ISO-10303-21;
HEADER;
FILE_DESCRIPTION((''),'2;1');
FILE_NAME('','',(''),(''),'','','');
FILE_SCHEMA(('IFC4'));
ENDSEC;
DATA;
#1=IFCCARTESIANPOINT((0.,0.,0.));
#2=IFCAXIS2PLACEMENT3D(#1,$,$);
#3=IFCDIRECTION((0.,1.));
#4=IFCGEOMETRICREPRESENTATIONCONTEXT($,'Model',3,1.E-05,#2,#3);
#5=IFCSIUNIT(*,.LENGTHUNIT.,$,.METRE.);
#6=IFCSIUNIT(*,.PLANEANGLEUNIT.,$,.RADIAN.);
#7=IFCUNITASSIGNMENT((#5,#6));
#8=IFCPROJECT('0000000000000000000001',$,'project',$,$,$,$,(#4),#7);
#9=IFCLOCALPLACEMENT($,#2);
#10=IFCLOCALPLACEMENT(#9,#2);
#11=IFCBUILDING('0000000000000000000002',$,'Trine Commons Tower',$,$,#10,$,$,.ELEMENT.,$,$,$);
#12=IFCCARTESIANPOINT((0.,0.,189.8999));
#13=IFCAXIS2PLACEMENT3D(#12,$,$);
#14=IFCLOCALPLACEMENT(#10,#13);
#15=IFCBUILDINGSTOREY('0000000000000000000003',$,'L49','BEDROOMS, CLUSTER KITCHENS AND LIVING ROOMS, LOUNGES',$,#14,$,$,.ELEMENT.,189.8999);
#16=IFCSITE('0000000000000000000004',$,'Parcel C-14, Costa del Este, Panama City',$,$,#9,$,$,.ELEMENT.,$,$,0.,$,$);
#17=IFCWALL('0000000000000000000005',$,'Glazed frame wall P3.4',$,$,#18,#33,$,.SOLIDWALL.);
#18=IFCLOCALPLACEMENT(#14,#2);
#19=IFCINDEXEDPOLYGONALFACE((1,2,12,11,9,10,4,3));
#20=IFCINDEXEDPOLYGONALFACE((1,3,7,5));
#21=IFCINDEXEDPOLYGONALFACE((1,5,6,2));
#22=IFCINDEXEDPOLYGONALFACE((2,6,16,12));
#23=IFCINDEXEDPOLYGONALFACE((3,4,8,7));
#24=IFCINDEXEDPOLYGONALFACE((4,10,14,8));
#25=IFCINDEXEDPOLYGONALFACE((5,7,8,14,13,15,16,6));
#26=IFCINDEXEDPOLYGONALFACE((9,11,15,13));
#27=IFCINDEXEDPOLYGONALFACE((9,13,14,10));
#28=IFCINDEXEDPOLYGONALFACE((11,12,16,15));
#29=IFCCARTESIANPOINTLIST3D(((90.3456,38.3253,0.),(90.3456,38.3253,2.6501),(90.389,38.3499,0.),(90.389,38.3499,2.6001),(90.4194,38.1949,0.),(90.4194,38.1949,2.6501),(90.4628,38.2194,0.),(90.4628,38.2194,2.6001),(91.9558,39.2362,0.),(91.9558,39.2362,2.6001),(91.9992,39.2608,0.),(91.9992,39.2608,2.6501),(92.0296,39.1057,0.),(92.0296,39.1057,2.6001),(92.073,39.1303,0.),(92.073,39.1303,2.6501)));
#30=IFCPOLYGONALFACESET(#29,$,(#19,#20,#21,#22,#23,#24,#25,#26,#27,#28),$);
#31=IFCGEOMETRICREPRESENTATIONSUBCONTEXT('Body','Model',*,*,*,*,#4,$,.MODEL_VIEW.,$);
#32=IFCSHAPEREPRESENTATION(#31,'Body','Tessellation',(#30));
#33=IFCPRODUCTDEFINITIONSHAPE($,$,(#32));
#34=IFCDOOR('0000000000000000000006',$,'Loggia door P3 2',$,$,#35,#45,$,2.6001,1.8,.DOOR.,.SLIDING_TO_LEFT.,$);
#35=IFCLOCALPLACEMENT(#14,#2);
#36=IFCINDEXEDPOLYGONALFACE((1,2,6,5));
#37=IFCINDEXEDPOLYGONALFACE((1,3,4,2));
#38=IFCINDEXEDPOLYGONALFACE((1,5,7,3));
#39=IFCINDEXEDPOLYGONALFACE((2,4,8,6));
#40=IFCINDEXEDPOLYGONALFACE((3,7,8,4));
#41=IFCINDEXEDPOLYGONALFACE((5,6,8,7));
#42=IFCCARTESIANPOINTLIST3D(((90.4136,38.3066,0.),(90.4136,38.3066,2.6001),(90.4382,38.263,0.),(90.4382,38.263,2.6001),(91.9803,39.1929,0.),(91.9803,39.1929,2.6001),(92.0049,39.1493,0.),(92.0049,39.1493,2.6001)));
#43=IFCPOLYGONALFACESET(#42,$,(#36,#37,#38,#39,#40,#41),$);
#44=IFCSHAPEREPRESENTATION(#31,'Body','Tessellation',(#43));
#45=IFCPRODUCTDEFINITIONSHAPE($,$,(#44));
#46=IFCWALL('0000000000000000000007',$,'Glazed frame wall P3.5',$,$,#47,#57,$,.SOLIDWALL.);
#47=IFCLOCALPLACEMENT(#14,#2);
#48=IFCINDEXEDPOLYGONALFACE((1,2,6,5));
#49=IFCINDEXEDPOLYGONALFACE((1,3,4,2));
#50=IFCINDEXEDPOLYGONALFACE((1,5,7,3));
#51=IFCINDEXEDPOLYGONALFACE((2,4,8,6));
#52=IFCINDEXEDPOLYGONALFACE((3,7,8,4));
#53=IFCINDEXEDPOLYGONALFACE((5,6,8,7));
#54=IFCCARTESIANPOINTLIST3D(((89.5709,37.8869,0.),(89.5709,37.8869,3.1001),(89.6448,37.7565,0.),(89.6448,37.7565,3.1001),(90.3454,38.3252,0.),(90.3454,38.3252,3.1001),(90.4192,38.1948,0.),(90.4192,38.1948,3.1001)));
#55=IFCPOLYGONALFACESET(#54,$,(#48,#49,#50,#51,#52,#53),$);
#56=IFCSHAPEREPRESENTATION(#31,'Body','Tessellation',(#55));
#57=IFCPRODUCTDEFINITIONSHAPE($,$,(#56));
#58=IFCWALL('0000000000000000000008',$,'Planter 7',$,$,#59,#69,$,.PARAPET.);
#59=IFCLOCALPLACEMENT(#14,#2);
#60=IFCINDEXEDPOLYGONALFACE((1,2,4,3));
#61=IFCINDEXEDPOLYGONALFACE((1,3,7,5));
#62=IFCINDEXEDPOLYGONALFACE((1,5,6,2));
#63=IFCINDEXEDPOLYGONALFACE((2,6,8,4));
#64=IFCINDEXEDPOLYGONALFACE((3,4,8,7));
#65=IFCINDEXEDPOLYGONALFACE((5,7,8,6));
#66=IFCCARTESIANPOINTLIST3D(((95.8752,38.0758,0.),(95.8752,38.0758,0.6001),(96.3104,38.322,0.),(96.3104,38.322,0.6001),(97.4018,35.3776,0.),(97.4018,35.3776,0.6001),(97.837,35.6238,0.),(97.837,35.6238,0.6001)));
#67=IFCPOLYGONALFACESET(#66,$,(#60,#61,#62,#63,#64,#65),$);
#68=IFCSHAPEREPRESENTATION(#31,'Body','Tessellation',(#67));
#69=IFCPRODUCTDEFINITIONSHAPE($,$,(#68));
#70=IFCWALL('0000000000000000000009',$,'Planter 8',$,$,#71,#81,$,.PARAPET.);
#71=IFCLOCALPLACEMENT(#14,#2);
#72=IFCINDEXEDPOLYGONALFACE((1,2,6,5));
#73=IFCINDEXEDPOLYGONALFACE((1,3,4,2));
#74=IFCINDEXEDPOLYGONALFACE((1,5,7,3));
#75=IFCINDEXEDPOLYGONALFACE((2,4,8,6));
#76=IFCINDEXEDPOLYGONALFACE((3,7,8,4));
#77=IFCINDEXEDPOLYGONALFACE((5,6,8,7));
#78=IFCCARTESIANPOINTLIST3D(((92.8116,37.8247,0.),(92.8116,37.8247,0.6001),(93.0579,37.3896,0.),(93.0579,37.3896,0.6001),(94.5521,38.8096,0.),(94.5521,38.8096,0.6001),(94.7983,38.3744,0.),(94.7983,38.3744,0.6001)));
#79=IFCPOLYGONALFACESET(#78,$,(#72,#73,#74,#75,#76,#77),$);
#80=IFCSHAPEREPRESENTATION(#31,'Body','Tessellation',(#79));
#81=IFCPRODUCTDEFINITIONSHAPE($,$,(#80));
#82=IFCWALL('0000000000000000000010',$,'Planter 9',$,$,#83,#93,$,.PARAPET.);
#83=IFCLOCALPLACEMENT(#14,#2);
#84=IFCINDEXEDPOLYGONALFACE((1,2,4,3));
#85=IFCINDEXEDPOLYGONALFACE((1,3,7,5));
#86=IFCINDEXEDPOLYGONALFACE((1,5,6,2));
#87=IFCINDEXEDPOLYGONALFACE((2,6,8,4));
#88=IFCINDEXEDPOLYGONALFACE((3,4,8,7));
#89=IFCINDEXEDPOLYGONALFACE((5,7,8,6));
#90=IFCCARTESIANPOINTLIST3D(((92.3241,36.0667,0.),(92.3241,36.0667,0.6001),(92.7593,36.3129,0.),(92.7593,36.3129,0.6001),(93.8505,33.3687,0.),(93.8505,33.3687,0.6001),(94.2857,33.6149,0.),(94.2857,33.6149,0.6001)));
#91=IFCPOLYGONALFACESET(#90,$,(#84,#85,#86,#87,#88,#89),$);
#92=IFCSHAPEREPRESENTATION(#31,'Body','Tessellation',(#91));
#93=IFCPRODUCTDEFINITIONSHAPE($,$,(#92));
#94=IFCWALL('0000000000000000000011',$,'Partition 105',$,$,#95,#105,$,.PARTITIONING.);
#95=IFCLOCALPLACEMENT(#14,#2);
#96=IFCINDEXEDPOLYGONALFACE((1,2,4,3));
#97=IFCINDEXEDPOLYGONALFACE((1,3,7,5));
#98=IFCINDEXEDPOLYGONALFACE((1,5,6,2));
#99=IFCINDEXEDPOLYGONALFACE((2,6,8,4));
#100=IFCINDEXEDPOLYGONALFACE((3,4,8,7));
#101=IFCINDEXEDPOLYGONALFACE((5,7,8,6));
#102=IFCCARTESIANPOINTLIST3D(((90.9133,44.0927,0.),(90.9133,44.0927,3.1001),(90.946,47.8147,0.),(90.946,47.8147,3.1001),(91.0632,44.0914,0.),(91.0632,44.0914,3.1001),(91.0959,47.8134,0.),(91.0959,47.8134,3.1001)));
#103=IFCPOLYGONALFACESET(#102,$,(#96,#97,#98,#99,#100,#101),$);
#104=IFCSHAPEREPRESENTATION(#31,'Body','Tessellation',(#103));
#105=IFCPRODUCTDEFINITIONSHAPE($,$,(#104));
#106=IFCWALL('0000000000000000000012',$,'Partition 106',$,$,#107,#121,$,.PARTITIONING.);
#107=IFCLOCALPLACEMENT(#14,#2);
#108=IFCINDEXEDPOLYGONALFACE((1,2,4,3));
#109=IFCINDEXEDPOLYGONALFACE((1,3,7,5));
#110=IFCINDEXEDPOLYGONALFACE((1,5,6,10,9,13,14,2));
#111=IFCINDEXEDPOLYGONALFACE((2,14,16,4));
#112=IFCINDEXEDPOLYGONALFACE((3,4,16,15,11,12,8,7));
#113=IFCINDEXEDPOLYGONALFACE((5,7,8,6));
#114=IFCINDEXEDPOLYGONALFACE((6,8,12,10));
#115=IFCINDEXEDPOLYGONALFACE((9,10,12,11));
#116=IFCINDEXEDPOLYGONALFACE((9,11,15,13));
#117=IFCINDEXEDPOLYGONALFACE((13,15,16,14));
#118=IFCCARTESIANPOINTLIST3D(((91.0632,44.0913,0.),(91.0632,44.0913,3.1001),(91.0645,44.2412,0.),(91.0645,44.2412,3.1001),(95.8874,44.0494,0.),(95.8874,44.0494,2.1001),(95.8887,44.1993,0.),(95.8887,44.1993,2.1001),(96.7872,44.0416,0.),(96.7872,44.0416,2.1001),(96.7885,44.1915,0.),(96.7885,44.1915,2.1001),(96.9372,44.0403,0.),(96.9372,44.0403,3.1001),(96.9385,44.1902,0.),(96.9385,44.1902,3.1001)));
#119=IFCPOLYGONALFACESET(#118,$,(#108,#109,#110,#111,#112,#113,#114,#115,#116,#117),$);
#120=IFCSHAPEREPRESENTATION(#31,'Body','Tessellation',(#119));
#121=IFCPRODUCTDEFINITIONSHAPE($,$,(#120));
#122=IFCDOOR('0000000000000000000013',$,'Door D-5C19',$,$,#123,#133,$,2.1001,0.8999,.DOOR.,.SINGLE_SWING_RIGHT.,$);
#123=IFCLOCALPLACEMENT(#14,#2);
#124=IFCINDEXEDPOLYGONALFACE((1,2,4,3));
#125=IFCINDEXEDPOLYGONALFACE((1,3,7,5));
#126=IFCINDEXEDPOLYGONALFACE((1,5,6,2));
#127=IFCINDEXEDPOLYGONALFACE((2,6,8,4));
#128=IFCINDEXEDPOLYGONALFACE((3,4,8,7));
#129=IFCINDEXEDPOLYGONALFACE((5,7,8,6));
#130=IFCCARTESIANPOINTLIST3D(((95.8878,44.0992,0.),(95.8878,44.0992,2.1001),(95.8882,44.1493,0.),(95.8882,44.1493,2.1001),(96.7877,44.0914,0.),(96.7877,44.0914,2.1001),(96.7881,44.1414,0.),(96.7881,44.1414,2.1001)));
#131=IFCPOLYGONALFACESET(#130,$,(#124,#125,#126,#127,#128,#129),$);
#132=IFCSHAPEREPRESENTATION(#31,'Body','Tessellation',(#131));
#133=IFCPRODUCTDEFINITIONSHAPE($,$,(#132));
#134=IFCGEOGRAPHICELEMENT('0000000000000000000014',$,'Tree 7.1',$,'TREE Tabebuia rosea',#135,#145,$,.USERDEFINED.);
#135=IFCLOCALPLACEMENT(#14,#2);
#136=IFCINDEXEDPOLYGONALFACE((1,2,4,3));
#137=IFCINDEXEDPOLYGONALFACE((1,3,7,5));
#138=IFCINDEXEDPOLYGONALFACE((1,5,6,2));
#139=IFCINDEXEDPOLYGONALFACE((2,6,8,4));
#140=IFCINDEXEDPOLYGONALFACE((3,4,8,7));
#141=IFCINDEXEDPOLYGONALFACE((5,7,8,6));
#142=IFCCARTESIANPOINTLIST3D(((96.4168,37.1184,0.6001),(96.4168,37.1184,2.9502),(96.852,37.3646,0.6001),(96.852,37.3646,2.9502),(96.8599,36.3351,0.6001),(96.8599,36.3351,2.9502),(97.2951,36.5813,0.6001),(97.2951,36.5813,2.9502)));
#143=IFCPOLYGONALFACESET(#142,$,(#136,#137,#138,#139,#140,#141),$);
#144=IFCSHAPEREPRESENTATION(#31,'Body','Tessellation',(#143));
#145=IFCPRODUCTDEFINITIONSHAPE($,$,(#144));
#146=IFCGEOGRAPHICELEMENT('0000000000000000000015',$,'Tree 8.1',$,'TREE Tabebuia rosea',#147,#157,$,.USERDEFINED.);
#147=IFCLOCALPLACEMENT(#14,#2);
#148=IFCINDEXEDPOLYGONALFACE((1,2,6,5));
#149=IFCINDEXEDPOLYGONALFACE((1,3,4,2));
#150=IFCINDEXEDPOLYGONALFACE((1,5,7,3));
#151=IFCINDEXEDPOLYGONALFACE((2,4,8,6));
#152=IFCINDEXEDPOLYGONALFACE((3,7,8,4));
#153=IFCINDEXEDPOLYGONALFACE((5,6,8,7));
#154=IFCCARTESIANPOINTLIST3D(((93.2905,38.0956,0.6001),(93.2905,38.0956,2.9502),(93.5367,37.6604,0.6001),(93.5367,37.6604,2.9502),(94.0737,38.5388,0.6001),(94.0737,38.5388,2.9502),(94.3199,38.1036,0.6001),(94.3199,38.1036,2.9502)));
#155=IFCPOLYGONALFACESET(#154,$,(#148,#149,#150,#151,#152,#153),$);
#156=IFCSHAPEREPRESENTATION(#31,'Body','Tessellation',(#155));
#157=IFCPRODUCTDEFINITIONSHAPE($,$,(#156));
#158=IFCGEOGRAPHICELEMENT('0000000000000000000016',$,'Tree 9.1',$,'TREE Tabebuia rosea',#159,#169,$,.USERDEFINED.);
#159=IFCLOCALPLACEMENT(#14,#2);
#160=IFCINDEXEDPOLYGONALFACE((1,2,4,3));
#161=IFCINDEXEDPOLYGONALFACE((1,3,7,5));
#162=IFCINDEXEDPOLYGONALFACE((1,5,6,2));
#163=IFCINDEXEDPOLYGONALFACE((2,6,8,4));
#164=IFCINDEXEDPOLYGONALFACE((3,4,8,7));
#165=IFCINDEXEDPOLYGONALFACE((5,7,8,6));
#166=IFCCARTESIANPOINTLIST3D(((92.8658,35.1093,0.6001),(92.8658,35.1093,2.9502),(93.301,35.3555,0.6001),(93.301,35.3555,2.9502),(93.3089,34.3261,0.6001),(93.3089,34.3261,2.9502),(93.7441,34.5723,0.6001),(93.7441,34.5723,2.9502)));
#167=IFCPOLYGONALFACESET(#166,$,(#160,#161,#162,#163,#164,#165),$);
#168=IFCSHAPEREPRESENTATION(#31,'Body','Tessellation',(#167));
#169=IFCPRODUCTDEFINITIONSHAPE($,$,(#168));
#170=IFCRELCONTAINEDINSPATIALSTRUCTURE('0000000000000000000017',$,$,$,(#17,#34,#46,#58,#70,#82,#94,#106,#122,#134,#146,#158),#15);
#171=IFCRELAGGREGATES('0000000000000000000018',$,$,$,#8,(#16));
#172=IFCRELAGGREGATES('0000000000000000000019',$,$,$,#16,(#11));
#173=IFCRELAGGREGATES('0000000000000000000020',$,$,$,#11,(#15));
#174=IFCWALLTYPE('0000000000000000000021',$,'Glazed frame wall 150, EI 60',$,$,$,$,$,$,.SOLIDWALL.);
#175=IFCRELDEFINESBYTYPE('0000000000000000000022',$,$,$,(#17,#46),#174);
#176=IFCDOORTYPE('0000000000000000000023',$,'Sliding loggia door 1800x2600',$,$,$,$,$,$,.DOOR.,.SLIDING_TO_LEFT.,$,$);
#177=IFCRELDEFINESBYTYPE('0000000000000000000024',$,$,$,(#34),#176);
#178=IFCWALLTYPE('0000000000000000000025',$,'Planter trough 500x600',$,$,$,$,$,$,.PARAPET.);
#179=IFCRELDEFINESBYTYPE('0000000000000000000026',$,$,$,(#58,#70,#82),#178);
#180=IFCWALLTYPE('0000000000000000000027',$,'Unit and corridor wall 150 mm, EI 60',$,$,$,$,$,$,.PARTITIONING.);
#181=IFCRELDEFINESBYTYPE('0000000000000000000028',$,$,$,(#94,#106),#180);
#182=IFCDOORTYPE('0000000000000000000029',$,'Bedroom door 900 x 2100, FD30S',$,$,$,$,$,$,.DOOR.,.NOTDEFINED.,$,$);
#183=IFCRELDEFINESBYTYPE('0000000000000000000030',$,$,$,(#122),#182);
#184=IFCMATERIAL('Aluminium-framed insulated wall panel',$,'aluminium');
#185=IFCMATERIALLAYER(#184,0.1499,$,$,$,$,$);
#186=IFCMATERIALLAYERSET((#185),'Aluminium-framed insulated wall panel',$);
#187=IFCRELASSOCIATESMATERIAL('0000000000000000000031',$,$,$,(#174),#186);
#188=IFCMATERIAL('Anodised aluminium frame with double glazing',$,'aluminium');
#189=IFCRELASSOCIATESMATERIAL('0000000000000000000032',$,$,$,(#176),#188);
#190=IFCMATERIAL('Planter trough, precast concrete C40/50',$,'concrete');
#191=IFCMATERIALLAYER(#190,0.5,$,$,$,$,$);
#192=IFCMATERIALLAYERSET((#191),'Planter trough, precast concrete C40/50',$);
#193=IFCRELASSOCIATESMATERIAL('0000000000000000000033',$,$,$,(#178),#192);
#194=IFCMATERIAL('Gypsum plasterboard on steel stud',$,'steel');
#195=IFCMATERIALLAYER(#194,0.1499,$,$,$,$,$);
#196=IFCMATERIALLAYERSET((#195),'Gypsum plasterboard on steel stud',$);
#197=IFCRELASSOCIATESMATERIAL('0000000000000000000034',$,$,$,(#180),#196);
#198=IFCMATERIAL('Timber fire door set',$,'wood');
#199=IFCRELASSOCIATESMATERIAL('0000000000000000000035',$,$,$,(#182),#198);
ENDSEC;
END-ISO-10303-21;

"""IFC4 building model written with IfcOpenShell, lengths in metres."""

from ifc_helpers import new_model, si_unit, direction, frame, frame_2d, origin, origin_2d, place, context, subcontext, project, spatial, polyline, rectangle, outline, extrude, material, layer, layer_set, type_object, element, fill, save


model = new_model("IFC4")

# Units and contexts
model_context = context("Model", 3, precision=1e-05, world=origin(), true_north=direction((0.0, 1.0)))
body_context = subcontext(model_context, "Body", "Model", "MODEL_VIEW")
ifc_project = project(units=[si_unit("LENGTHUNIT", "METRE"), si_unit("PLANEANGLEUNIT", "RADIAN")], contexts=[model_context])

# Site, building, storey
site_placement = place(None, origin())
site = spatial("IfcSite", under=ifc_project, at=site_placement, Name="Parcel C-14, Costa del Este, Panama City", CompositionType="ELEMENT", RefElevation=0.0)
building_placement = place(site_placement, origin())
building = spatial("IfcBuilding", under=site, at=building_placement, Name="Trine Commons Tower", CompositionType="ELEMENT")
storey_placement = place(building_placement, frame((0.0, 0.0, 189.8999)))
storey = spatial("IfcBuildingStorey", under=building, at=storey_placement, Name="L49", Description="BEDROOMS, CLUSTER KITCHENS AND LIVING ROOMS, LOUNGES", CompositionType="ELEMENT", Elevation=189.8999)

# Shared definitions
ifc_material_1 = material(Name="Aluminium-framed insulated wall panel", Category="aluminium")
ifc_layer_1 = layer(ifc_material_1, 0.1499)
ifc_layer_set_1 = layer_set([ifc_layer_1], Name="Aluminium-framed insulated wall panel")
wall_type_1 = type_object("IfcWallType", Name="Glazed frame wall 150, EI 60", PredefinedType="SOLIDWALL", material=ifc_layer_set_1)

# Shared definitions
ifc_material_2 = material(Name="Anodised aluminium frame with double glazing", Category="aluminium")
door_type_1 = type_object("IfcDoorType", Name="Sliding loggia door 1800x2600", OperationType="SLIDING_TO_LEFT", PredefinedType="DOOR", material=ifc_material_2)

# Wall, opening, door
wall_1_placement = place(storey_placement, frame((92.0361, 39.1956, 0.0), z_axis=(0.0, 0.0, 1.0), x_axis=(-0.870386, -0.492371, 0.0)))
wall_1 = element("IfcWall", 1, at=wall_1_placement, inside=storey, type_object=wall_type_1, Name="Glazed frame wall P3.4", PredefinedType="SOLIDWALL", context=body_context, shape_type="SweptSolid", body=[
    extrude(outline(polyline([(0.0, -0.075), (1.8999, -0.075), (1.8999, 0.075), (0.0, 0.075), (0.0, -0.075)])), origin(), (0.0, 0.0, 1.0), 2.6501),
])
opening_1_placement = place(wall_1_placement, frame((0.05, 0.0, 0.0)))
opening_1 = element("IfcOpeningElement", 2, at=opening_1_placement, cuts=wall_1, PredefinedType="OPENING", context=body_context, shape_type="SweptSolid", body=[
    extrude(rectangle(XDim=1.8, YDim=2.6001, at=frame_2d((0.8999, 1.3))), frame((0.0, 0.085, 0.0), z_axis=(0.0, -1.0, 0.0), x_axis=(1.0, 0.0, 0.0)), (0.0, 0.0, 1.0), 0.1699),
])
door_1_placement = place(opening_1_placement, origin())
door_1 = element("IfcDoor", 3, at=door_1_placement, inside=storey, type_object=door_type_1, Name="Loggia door P3 2", OperationType="SLIDING_TO_LEFT", OverallHeight=2.6001, OverallWidth=1.8, PredefinedType="DOOR", context=body_context, shape_type="SweptSolid", body=[
    extrude(rectangle(XDim=1.8, YDim=2.6001, at=frame_2d((0.8999, 1.3))), frame((0.0, 0.0249, 0.0), z_axis=(0.0, -1.0, 0.0), x_axis=(1.0, 0.0, 0.0)), (0.0, 0.0, 1.0), 0.05),
])
fill(opening_1, door_1)

# Walls
wall_2_placement = place(storey_placement, frame((90.3823, 38.26, 0.0), z_axis=(0.0, 0.0, 1.0), x_axis=(-0.870294, -0.492532, 0.0)))
element("IfcWall", 4, at=wall_2_placement, inside=storey, type_object=wall_type_1, Name="Glazed frame wall P3.5", PredefinedType="SOLIDWALL", context=body_context, shape_type="SweptSolid", body=[
    extrude(outline(polyline([(0.8899, 0.075), (0.0, 0.075), (0.0, -0.075), (0.8899, -0.075), (0.8899, 0.075)])), origin(), (0.0, 0.0, 1.0), 3.1001),
])
ifc_material_3 = material(Name="Planter trough, precast concrete C40/50", Category="concrete")
ifc_layer_2 = layer(ifc_material_3, 0.5)
ifc_layer_set_2 = layer_set([ifc_layer_2], Name="Planter trough, precast concrete C40/50")
wall_type_2 = type_object("IfcWallType", Name="Planter trough 500x600", PredefinedType="PARAPET", material=ifc_layer_set_2)
wall_3_placement = place(storey_placement, frame((97.6194, 35.5007, 0.0), z_axis=(0.0, 0.0, 1.0), x_axis=(-0.492428, 0.870353, 0.0)))
element("IfcWall", 5, at=wall_3_placement, inside=storey, type_object=wall_type_2, Name="Planter 7", PredefinedType="PARAPET", context=body_context, shape_type="SweptSolid", body=[
    extrude(rectangle(XDim=3.1001, YDim=0.5, at=frame_2d((1.55, 0.0))), origin(), (0.0, 0.0, 1.0), 0.6001),
])
wall_4_placement = place(storey_placement, frame((94.6753, 38.592, 0.0), z_axis=(0.0, 0.0, 1.0), x_axis=(-0.870324, -0.49248, 0.0)))
element("IfcWall", 6, at=wall_4_placement, inside=storey, type_object=wall_type_2, Name="Planter 8", PredefinedType="PARAPET", context=body_context, shape_type="SweptSolid", body=[
    extrude(rectangle(XDim=1.9998, YDim=0.5, at=frame_2d((1.0, 0.0))), origin(), (0.0, 0.0, 1.0), 0.6001),
])
wall_5_placement = place(storey_placement, frame((92.5417, 36.1897, 0.0), z_axis=(0.0, 0.0, 1.0), x_axis=(0.492402, -0.870368, 0.0)))
element("IfcWall", 7, at=wall_5_placement, inside=storey, type_object=wall_type_2, Name="Planter 9", PredefinedType="PARAPET", context=body_context, shape_type="SweptSolid", body=[
    extrude(rectangle(XDim=3.0999, YDim=0.5, at=frame_2d((1.5498, 0.0))), origin(), (0.0, 0.0, 1.0), 0.6001),
])
ifc_material_4 = material(Name="Gypsum plasterboard on steel stud", Category="steel")
ifc_layer_3 = layer(ifc_material_4, 0.1499)
ifc_layer_set_3 = layer_set([ifc_layer_3], Name="Gypsum plasterboard on steel stud")
wall_type_3 = type_object("IfcWallType", Name="Unit and corridor wall 150 mm, EI 60", PredefinedType="PARTITIONING", material=ifc_layer_set_3)
wall_6_placement = place(storey_placement, frame((90.9883, 44.092, 0.0), z_axis=(0.0, 0.0, 1.0), x_axis=(0.008789, 0.999961, 0.0)))
element("IfcWall", 8, at=wall_6_placement, inside=storey, type_object=wall_type_3, Name="Partition 105", PredefinedType="PARTITIONING", context=body_context, shape_type="SweptSolid", body=[
    extrude(rectangle(XDim=3.7222, YDim=0.1499, at=frame_2d((1.8611, 0.0))), origin(), (0.0, 0.0, 1.0), 3.1001),
])

# Wall, opening, door
wall_7_placement = place(storey_placement, frame((91.064, 44.1663, 0.0), z_axis=(0.0, 0.0, 1.0), x_axis=(0.999962, -0.008686, 0.0)))
wall_7 = element("IfcWall", 9, at=wall_7_placement, inside=storey, type_object=wall_type_3, Name="Partition 106", PredefinedType="PARTITIONING", context=body_context, shape_type="SweptSolid", body=[
    extrude(rectangle(XDim=5.8743, YDim=0.1499, at=frame_2d((2.937, 0.0))), origin(), (0.0, 0.0, 1.0), 3.1001),
])
opening_2_placement = place(wall_7_placement, frame((4.8242, 0.0, 0.0)))
opening_2 = element("IfcOpeningElement", 10, at=opening_2_placement, cuts=wall_7, PredefinedType="OPENING", context=body_context, shape_type="SweptSolid", body=[
    extrude(rectangle(XDim=0.8999, YDim=2.1001, at=frame_2d((0.45, 1.05))), frame((0.0, 0.085, 0.0), z_axis=(0.0, -1.0, 0.0), x_axis=(1.0, 0.0, 0.0)), (0.0, 0.0, 1.0), 0.1699),
])
ifc_material_5 = material(Name="Timber fire door set", Category="wood")
door_type_2 = type_object("IfcDoorType", Name="Bedroom door 900 x 2100, FD30S", OperationType="NOTDEFINED", PredefinedType="DOOR", material=ifc_material_5)
door_2_placement = place(opening_2_placement, origin())
door_2 = element("IfcDoor", 11, at=door_2_placement, inside=storey, type_object=door_type_2, Name="Door D-5C19", OperationType="SINGLE_SWING_RIGHT", OverallHeight=2.1001, OverallWidth=0.8999, PredefinedType="DOOR", context=body_context, shape_type="SweptSolid", body=[
    extrude(rectangle(XDim=0.8999, YDim=2.1001, at=frame_2d((0.45, 1.05))), frame((0.0, 0.0249, 0.0), z_axis=(0.0, -1.0, 0.0), x_axis=(1.0, 0.0, 0.0)), (0.0, 0.0, 1.0), 0.05),
])
fill(opening_2, door_2)

# Geographic elements
for number, where, z_axis, x_axis, name in (
    (12, (96.856, 36.8499, 0.6001), (0.0, 0.0, 1.0), (-0.492421, 0.870357, 0.0), "Tree 7.1"),
    (13, (93.8052, 38.0996, 0.6001), (0.0, 0.0, 1.0), (-0.870333, -0.492463, 0.0), "Tree 8.1"),
    (14, (93.3049, 34.8408, 0.6001), (0.0, 0.0, 1.0), (0.492421, -0.870357, 0.0), "Tree 9.1"),
):
    element("IfcGeographicElement", number, at=place(storey_placement, frame(where, z_axis=z_axis, x_axis=x_axis)), inside=storey, Name=name, ObjectType="TREE Tabebuia rosea", PredefinedType="USERDEFINED", context=body_context, shape_type="SweptSolid", body=[
        extrude(rectangle(XDim=0.8999, YDim=0.5, at=origin_2d()), origin(), (0.0, 0.0, 1.0), 2.3501),
    ])

save(model, "model.ifc")
